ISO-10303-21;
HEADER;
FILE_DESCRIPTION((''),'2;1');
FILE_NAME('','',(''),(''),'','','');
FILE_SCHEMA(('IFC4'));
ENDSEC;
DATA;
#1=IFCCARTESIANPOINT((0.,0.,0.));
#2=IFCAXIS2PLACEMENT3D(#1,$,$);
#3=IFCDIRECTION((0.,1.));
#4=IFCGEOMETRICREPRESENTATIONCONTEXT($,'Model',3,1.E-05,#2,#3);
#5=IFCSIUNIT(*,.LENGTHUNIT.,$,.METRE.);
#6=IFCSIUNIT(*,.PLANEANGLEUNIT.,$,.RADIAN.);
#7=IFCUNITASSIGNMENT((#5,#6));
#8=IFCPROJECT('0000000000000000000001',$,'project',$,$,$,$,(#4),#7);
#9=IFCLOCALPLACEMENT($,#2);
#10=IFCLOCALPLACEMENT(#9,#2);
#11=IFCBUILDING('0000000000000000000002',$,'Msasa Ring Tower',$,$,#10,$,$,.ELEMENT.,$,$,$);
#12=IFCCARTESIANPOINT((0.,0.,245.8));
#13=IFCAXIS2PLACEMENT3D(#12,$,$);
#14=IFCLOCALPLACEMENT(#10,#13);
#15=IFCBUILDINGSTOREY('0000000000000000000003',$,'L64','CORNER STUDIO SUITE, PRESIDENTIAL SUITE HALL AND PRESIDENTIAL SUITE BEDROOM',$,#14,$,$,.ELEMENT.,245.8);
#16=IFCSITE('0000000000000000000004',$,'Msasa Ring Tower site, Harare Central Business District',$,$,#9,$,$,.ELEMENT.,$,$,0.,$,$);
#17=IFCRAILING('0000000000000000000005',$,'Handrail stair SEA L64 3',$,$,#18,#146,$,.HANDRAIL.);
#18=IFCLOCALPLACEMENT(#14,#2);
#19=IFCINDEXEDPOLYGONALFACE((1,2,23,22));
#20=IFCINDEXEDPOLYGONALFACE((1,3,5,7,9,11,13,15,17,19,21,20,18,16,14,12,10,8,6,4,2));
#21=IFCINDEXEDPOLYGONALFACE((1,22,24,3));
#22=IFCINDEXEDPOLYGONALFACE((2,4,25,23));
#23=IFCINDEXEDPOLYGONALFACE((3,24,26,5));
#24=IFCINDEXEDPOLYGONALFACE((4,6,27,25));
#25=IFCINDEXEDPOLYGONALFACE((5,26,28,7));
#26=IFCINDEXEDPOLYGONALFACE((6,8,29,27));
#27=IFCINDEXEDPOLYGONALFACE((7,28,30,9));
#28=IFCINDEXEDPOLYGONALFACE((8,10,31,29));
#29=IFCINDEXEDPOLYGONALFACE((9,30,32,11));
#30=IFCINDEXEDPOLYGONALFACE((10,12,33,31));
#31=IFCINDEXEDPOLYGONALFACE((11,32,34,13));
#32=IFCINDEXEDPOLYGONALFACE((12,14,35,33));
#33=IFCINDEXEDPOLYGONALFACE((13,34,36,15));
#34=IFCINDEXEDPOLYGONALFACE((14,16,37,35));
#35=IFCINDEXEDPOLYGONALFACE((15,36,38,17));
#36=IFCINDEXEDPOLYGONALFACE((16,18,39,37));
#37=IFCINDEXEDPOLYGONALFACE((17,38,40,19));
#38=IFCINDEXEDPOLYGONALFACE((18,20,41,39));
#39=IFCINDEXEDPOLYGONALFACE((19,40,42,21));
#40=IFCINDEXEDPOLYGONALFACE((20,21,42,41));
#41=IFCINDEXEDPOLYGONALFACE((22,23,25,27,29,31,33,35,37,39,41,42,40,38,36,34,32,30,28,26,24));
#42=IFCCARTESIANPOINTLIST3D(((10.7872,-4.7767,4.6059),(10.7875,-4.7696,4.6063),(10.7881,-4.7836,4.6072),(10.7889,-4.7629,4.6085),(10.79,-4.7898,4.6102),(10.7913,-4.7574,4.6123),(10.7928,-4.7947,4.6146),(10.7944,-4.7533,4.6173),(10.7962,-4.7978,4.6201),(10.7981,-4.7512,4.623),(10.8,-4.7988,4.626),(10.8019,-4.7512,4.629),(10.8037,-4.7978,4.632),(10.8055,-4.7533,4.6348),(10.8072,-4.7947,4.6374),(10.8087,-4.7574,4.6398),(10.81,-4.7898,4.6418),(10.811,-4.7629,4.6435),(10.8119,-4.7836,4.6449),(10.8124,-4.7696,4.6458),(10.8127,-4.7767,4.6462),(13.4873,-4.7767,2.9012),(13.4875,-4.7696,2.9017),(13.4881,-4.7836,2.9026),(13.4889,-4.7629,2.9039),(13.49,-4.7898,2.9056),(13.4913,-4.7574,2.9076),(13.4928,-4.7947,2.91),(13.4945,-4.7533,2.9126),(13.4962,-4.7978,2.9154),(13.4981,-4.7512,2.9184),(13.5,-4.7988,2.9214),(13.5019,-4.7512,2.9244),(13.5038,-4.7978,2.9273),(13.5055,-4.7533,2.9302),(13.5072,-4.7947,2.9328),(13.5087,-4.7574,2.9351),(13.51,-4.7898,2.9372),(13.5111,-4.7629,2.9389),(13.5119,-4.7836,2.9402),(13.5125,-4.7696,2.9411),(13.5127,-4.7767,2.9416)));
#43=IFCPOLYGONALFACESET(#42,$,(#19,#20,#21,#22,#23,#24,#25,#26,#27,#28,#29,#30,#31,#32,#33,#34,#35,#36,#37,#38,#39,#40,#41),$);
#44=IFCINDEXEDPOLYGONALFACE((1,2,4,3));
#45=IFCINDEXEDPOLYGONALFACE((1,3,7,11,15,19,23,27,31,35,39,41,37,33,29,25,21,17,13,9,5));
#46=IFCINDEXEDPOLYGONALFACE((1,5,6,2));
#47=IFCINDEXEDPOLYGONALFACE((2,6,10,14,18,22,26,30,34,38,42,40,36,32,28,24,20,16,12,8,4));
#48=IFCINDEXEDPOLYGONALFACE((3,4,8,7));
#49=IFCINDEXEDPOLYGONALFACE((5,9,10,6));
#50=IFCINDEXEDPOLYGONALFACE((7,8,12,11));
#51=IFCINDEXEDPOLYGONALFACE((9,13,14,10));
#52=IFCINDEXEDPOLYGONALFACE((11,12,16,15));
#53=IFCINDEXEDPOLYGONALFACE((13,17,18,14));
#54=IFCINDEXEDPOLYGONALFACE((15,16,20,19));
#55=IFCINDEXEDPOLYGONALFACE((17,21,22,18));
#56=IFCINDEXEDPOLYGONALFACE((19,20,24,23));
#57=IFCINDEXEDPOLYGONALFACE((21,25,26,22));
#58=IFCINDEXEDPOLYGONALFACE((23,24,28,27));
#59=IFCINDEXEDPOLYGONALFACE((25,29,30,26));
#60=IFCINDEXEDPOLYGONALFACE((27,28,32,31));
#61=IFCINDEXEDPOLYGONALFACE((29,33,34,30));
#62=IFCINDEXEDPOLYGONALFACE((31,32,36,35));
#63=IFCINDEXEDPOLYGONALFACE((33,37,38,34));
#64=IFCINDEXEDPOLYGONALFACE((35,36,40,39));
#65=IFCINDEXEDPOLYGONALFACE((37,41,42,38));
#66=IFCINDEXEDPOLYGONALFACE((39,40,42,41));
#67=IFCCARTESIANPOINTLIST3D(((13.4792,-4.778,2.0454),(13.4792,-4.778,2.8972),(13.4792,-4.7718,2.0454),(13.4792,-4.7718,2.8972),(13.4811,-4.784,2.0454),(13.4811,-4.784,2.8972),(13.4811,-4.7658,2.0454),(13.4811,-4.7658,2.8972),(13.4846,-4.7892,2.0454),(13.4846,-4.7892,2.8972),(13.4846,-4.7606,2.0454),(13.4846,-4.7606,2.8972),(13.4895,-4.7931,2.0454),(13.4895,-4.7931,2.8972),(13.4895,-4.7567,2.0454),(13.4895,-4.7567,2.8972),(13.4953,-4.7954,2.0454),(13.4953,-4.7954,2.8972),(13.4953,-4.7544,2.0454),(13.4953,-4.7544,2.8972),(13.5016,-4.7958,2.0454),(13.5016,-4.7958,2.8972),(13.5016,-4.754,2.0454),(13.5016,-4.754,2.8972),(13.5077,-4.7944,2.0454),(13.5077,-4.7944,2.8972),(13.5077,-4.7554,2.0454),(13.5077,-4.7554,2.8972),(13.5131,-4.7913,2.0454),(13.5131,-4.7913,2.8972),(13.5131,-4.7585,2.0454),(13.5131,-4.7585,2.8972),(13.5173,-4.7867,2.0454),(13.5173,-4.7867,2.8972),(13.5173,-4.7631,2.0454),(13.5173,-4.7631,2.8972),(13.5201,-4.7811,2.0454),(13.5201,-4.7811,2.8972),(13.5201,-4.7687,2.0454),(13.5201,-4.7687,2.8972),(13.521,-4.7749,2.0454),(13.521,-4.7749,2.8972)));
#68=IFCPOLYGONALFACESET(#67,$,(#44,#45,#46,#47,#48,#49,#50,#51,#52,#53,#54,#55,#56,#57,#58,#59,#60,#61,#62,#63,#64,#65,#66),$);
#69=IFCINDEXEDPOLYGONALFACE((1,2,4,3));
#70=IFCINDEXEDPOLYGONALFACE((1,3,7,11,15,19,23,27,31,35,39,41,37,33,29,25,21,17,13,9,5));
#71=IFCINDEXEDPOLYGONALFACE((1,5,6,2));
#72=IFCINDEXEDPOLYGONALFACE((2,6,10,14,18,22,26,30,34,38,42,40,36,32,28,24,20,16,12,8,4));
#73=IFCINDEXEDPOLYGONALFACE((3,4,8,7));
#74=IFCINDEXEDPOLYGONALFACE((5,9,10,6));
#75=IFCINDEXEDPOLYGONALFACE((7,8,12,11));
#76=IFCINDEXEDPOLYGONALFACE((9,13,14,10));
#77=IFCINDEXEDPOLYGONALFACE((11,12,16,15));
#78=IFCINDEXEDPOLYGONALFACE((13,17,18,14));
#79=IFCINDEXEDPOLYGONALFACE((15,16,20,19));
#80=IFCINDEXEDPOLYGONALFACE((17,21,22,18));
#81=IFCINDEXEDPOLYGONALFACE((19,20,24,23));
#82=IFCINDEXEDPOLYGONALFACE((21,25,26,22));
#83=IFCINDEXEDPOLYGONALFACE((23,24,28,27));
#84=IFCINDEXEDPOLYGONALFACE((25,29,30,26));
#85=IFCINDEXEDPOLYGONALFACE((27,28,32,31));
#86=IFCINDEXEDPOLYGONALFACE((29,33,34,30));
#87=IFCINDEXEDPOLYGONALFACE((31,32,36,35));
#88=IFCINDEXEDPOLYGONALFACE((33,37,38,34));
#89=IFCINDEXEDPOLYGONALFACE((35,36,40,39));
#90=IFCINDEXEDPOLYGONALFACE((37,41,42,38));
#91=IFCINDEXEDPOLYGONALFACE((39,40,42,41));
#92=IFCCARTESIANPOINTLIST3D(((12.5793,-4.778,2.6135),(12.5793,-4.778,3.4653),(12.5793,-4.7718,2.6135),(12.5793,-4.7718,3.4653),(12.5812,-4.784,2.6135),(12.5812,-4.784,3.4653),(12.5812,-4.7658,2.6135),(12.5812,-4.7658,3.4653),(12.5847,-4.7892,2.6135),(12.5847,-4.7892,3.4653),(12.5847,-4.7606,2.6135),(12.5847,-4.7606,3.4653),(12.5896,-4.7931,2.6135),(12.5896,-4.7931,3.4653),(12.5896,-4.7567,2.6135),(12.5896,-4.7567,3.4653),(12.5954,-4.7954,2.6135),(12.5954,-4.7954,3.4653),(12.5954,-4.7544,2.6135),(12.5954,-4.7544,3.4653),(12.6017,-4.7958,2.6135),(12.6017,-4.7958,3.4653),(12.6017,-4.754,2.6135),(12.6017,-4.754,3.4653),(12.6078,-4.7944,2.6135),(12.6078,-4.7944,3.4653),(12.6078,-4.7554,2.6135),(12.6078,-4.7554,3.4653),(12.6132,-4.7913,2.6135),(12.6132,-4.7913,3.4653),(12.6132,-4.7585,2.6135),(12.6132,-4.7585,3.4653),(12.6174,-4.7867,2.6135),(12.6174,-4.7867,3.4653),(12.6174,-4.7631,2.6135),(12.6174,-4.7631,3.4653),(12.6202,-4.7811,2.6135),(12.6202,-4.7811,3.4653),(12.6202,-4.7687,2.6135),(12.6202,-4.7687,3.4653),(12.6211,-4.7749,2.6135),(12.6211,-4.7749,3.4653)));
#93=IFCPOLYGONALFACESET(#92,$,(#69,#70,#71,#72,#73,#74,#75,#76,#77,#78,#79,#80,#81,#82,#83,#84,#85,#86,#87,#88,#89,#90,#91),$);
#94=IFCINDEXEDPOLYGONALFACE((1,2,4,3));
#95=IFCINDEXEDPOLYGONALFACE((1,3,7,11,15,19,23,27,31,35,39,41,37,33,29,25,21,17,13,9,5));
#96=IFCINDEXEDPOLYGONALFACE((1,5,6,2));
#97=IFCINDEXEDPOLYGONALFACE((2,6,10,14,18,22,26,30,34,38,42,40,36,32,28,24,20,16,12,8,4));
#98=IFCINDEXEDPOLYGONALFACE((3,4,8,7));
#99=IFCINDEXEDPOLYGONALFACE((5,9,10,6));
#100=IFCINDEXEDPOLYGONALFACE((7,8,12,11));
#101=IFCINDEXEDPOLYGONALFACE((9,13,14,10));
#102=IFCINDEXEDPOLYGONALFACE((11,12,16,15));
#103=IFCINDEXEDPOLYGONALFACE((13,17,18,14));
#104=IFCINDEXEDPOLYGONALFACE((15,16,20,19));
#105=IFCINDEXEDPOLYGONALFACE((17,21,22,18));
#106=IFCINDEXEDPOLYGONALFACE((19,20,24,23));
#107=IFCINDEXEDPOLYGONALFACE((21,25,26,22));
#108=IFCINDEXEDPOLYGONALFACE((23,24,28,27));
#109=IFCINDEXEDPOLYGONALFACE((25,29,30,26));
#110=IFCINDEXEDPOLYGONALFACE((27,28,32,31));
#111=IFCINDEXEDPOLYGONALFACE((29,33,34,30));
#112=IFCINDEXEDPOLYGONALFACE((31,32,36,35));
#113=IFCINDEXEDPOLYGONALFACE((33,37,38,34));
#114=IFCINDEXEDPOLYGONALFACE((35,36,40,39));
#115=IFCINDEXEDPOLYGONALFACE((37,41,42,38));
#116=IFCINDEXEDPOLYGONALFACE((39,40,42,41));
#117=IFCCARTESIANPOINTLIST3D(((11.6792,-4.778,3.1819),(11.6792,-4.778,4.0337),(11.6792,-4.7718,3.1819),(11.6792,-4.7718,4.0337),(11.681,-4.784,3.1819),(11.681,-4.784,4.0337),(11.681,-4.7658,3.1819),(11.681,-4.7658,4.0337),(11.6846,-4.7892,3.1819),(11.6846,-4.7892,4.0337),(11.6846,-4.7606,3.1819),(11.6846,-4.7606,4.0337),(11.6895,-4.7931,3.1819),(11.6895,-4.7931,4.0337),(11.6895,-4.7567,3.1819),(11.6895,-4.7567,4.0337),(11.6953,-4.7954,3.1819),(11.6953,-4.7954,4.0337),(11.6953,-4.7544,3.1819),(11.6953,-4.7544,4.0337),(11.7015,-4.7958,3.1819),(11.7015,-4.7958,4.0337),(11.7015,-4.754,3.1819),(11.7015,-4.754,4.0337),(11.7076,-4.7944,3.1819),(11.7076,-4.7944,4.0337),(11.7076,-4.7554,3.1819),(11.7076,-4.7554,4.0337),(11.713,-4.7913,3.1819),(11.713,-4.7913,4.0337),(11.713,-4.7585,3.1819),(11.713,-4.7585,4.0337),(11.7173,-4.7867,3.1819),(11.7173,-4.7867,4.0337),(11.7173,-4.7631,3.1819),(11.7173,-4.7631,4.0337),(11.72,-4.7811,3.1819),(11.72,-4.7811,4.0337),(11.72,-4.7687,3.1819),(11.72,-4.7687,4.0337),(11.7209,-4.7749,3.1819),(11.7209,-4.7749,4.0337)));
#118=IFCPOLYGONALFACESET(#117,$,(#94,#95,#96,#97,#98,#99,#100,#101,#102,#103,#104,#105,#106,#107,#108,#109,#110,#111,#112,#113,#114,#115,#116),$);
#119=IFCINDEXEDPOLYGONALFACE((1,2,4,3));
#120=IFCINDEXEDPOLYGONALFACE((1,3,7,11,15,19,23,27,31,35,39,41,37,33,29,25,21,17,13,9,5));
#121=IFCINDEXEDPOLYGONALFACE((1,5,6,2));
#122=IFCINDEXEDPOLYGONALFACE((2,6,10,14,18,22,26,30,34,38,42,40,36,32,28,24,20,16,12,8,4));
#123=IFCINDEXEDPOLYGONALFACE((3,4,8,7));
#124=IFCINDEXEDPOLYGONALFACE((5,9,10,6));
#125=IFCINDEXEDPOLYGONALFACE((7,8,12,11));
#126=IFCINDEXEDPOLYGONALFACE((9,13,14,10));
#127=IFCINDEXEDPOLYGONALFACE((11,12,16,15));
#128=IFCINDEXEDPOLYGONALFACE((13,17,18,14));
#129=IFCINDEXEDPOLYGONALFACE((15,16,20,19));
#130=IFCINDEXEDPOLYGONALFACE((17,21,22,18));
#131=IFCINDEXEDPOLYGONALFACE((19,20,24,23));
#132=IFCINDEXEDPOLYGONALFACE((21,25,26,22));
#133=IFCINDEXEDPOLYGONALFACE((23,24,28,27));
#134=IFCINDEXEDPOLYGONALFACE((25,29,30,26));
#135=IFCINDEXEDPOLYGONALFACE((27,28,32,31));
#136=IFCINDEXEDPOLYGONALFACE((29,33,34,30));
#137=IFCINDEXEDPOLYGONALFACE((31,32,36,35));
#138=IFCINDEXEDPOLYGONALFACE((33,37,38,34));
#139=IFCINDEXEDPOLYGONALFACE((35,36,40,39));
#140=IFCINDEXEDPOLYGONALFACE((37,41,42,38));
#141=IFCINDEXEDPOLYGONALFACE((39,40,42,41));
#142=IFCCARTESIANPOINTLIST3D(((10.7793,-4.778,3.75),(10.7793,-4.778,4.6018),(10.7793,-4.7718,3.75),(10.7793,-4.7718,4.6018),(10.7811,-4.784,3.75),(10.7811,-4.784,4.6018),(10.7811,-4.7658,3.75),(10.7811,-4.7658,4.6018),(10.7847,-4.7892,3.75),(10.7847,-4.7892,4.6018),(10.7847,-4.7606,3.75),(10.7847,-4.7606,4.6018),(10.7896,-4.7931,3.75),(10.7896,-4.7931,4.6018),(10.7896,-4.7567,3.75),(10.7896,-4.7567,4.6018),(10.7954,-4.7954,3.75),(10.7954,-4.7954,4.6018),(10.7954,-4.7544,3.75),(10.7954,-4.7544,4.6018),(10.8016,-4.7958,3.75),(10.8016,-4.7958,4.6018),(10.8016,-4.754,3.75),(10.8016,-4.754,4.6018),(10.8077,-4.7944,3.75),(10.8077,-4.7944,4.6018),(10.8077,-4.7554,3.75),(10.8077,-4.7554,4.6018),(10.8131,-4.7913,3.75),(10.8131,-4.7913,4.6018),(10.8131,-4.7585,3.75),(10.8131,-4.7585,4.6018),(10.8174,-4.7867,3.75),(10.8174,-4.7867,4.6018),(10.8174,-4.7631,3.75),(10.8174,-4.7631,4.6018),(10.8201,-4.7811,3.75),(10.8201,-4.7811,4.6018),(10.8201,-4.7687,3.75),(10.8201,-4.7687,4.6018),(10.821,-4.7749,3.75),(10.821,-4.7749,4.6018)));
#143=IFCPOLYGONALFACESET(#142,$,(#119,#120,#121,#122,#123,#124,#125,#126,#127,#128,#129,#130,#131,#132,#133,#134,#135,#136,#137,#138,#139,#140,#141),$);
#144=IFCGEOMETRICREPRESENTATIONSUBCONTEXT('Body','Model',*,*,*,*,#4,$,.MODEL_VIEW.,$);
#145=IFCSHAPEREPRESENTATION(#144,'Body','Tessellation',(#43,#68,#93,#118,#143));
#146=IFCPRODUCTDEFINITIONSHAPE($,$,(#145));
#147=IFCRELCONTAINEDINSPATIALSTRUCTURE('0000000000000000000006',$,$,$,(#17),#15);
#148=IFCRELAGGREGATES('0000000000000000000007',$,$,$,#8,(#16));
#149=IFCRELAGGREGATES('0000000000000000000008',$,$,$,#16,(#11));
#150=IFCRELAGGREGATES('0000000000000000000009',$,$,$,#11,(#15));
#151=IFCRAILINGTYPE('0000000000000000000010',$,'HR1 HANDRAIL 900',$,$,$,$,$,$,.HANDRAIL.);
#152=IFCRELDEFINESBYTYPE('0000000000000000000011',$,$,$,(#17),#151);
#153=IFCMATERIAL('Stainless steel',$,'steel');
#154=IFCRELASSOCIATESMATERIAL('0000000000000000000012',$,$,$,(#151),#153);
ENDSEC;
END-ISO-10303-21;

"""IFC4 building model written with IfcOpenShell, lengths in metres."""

from ifc_helpers import new_model, si_unit, direction, frame, origin, origin_2d, place, context, subcontext, project, spatial, circle, extrude, material, type_object, element, save


model = new_model("IFC4")

# Units and contexts
model_context = context("Model", 3, precision=1e-05, world=origin(), true_north=direction((0.0, 1.0)))
body_context = subcontext(model_context, "Body", "Model", "MODEL_VIEW")
ifc_project = project(units=[si_unit("LENGTHUNIT", "METRE"), si_unit("PLANEANGLEUNIT", "RADIAN")], contexts=[model_context])

# Site, building, storey
site_placement = place(None, origin())
site = spatial("IfcSite", under=ifc_project, at=site_placement, Name="Msasa Ring Tower site, Harare Central Business District", CompositionType="ELEMENT", RefElevation=0.0)
building_placement = place(site_placement, origin())
building = spatial("IfcBuilding", under=site, at=building_placement, Name="Msasa Ring Tower", CompositionType="ELEMENT")
storey_placement = place(building_placement, frame((0.0, 0.0, 245.8)))
storey = spatial("IfcBuildingStorey", under=building, at=storey_placement, Name="L64", Description="CORNER STUDIO SUITE, PRESIDENTIAL SUITE HALL AND PRESIDENTIAL SUITE BEDROOM", CompositionType="ELEMENT", Elevation=245.8)

# Railing
ifc_material_1 = material(Name="Stainless steel", Category="steel")
railing_type = type_object("IfcRailingType", Name="HR1 HANDRAIL 900", PredefinedType="HANDRAIL", material=ifc_material_1)
for number, where, name in (
    (1, (13.5, -4.7749, 2.0454), "Handrail stair SEA L64 3"),
):
    element("IfcRailing", number, at=place(storey_placement, frame(where)), inside=storey, type_object=railing_type, Name=name, PredefinedType="HANDRAIL", context=body_context, shape_type="SweptSolid", body=[
        extrude(circle(Radius=0.0239, at=origin_2d()), frame((0.0, 0.0, 0.876), z_axis=(-0.84558, 0.0, 0.533849), x_axis=(0.0, -1.0, 0.0)), (0.0, 0.0, 1.0), 3.1931),
        extrude(circle(Radius=0.021, at=origin_2d()), origin(), (0.0, 0.0, 1.0), 0.8518),
        extrude(circle(Radius=0.021, at=origin_2d()), frame((-0.8999, 0.0, 0.5681)), (0.0, 0.0, 1.0), 0.8518),
        extrude(circle(Radius=0.021, at=origin_2d()), frame((-1.8, 0.0, 1.1365)), (0.0, 0.0, 1.0), 0.8518),
        extrude(circle(Radius=0.021, at=origin_2d()), frame((-2.7, 0.0, 1.7046)), (0.0, 0.0, 1.0), 0.8518),
    ])

save(model, "model.ifc")
